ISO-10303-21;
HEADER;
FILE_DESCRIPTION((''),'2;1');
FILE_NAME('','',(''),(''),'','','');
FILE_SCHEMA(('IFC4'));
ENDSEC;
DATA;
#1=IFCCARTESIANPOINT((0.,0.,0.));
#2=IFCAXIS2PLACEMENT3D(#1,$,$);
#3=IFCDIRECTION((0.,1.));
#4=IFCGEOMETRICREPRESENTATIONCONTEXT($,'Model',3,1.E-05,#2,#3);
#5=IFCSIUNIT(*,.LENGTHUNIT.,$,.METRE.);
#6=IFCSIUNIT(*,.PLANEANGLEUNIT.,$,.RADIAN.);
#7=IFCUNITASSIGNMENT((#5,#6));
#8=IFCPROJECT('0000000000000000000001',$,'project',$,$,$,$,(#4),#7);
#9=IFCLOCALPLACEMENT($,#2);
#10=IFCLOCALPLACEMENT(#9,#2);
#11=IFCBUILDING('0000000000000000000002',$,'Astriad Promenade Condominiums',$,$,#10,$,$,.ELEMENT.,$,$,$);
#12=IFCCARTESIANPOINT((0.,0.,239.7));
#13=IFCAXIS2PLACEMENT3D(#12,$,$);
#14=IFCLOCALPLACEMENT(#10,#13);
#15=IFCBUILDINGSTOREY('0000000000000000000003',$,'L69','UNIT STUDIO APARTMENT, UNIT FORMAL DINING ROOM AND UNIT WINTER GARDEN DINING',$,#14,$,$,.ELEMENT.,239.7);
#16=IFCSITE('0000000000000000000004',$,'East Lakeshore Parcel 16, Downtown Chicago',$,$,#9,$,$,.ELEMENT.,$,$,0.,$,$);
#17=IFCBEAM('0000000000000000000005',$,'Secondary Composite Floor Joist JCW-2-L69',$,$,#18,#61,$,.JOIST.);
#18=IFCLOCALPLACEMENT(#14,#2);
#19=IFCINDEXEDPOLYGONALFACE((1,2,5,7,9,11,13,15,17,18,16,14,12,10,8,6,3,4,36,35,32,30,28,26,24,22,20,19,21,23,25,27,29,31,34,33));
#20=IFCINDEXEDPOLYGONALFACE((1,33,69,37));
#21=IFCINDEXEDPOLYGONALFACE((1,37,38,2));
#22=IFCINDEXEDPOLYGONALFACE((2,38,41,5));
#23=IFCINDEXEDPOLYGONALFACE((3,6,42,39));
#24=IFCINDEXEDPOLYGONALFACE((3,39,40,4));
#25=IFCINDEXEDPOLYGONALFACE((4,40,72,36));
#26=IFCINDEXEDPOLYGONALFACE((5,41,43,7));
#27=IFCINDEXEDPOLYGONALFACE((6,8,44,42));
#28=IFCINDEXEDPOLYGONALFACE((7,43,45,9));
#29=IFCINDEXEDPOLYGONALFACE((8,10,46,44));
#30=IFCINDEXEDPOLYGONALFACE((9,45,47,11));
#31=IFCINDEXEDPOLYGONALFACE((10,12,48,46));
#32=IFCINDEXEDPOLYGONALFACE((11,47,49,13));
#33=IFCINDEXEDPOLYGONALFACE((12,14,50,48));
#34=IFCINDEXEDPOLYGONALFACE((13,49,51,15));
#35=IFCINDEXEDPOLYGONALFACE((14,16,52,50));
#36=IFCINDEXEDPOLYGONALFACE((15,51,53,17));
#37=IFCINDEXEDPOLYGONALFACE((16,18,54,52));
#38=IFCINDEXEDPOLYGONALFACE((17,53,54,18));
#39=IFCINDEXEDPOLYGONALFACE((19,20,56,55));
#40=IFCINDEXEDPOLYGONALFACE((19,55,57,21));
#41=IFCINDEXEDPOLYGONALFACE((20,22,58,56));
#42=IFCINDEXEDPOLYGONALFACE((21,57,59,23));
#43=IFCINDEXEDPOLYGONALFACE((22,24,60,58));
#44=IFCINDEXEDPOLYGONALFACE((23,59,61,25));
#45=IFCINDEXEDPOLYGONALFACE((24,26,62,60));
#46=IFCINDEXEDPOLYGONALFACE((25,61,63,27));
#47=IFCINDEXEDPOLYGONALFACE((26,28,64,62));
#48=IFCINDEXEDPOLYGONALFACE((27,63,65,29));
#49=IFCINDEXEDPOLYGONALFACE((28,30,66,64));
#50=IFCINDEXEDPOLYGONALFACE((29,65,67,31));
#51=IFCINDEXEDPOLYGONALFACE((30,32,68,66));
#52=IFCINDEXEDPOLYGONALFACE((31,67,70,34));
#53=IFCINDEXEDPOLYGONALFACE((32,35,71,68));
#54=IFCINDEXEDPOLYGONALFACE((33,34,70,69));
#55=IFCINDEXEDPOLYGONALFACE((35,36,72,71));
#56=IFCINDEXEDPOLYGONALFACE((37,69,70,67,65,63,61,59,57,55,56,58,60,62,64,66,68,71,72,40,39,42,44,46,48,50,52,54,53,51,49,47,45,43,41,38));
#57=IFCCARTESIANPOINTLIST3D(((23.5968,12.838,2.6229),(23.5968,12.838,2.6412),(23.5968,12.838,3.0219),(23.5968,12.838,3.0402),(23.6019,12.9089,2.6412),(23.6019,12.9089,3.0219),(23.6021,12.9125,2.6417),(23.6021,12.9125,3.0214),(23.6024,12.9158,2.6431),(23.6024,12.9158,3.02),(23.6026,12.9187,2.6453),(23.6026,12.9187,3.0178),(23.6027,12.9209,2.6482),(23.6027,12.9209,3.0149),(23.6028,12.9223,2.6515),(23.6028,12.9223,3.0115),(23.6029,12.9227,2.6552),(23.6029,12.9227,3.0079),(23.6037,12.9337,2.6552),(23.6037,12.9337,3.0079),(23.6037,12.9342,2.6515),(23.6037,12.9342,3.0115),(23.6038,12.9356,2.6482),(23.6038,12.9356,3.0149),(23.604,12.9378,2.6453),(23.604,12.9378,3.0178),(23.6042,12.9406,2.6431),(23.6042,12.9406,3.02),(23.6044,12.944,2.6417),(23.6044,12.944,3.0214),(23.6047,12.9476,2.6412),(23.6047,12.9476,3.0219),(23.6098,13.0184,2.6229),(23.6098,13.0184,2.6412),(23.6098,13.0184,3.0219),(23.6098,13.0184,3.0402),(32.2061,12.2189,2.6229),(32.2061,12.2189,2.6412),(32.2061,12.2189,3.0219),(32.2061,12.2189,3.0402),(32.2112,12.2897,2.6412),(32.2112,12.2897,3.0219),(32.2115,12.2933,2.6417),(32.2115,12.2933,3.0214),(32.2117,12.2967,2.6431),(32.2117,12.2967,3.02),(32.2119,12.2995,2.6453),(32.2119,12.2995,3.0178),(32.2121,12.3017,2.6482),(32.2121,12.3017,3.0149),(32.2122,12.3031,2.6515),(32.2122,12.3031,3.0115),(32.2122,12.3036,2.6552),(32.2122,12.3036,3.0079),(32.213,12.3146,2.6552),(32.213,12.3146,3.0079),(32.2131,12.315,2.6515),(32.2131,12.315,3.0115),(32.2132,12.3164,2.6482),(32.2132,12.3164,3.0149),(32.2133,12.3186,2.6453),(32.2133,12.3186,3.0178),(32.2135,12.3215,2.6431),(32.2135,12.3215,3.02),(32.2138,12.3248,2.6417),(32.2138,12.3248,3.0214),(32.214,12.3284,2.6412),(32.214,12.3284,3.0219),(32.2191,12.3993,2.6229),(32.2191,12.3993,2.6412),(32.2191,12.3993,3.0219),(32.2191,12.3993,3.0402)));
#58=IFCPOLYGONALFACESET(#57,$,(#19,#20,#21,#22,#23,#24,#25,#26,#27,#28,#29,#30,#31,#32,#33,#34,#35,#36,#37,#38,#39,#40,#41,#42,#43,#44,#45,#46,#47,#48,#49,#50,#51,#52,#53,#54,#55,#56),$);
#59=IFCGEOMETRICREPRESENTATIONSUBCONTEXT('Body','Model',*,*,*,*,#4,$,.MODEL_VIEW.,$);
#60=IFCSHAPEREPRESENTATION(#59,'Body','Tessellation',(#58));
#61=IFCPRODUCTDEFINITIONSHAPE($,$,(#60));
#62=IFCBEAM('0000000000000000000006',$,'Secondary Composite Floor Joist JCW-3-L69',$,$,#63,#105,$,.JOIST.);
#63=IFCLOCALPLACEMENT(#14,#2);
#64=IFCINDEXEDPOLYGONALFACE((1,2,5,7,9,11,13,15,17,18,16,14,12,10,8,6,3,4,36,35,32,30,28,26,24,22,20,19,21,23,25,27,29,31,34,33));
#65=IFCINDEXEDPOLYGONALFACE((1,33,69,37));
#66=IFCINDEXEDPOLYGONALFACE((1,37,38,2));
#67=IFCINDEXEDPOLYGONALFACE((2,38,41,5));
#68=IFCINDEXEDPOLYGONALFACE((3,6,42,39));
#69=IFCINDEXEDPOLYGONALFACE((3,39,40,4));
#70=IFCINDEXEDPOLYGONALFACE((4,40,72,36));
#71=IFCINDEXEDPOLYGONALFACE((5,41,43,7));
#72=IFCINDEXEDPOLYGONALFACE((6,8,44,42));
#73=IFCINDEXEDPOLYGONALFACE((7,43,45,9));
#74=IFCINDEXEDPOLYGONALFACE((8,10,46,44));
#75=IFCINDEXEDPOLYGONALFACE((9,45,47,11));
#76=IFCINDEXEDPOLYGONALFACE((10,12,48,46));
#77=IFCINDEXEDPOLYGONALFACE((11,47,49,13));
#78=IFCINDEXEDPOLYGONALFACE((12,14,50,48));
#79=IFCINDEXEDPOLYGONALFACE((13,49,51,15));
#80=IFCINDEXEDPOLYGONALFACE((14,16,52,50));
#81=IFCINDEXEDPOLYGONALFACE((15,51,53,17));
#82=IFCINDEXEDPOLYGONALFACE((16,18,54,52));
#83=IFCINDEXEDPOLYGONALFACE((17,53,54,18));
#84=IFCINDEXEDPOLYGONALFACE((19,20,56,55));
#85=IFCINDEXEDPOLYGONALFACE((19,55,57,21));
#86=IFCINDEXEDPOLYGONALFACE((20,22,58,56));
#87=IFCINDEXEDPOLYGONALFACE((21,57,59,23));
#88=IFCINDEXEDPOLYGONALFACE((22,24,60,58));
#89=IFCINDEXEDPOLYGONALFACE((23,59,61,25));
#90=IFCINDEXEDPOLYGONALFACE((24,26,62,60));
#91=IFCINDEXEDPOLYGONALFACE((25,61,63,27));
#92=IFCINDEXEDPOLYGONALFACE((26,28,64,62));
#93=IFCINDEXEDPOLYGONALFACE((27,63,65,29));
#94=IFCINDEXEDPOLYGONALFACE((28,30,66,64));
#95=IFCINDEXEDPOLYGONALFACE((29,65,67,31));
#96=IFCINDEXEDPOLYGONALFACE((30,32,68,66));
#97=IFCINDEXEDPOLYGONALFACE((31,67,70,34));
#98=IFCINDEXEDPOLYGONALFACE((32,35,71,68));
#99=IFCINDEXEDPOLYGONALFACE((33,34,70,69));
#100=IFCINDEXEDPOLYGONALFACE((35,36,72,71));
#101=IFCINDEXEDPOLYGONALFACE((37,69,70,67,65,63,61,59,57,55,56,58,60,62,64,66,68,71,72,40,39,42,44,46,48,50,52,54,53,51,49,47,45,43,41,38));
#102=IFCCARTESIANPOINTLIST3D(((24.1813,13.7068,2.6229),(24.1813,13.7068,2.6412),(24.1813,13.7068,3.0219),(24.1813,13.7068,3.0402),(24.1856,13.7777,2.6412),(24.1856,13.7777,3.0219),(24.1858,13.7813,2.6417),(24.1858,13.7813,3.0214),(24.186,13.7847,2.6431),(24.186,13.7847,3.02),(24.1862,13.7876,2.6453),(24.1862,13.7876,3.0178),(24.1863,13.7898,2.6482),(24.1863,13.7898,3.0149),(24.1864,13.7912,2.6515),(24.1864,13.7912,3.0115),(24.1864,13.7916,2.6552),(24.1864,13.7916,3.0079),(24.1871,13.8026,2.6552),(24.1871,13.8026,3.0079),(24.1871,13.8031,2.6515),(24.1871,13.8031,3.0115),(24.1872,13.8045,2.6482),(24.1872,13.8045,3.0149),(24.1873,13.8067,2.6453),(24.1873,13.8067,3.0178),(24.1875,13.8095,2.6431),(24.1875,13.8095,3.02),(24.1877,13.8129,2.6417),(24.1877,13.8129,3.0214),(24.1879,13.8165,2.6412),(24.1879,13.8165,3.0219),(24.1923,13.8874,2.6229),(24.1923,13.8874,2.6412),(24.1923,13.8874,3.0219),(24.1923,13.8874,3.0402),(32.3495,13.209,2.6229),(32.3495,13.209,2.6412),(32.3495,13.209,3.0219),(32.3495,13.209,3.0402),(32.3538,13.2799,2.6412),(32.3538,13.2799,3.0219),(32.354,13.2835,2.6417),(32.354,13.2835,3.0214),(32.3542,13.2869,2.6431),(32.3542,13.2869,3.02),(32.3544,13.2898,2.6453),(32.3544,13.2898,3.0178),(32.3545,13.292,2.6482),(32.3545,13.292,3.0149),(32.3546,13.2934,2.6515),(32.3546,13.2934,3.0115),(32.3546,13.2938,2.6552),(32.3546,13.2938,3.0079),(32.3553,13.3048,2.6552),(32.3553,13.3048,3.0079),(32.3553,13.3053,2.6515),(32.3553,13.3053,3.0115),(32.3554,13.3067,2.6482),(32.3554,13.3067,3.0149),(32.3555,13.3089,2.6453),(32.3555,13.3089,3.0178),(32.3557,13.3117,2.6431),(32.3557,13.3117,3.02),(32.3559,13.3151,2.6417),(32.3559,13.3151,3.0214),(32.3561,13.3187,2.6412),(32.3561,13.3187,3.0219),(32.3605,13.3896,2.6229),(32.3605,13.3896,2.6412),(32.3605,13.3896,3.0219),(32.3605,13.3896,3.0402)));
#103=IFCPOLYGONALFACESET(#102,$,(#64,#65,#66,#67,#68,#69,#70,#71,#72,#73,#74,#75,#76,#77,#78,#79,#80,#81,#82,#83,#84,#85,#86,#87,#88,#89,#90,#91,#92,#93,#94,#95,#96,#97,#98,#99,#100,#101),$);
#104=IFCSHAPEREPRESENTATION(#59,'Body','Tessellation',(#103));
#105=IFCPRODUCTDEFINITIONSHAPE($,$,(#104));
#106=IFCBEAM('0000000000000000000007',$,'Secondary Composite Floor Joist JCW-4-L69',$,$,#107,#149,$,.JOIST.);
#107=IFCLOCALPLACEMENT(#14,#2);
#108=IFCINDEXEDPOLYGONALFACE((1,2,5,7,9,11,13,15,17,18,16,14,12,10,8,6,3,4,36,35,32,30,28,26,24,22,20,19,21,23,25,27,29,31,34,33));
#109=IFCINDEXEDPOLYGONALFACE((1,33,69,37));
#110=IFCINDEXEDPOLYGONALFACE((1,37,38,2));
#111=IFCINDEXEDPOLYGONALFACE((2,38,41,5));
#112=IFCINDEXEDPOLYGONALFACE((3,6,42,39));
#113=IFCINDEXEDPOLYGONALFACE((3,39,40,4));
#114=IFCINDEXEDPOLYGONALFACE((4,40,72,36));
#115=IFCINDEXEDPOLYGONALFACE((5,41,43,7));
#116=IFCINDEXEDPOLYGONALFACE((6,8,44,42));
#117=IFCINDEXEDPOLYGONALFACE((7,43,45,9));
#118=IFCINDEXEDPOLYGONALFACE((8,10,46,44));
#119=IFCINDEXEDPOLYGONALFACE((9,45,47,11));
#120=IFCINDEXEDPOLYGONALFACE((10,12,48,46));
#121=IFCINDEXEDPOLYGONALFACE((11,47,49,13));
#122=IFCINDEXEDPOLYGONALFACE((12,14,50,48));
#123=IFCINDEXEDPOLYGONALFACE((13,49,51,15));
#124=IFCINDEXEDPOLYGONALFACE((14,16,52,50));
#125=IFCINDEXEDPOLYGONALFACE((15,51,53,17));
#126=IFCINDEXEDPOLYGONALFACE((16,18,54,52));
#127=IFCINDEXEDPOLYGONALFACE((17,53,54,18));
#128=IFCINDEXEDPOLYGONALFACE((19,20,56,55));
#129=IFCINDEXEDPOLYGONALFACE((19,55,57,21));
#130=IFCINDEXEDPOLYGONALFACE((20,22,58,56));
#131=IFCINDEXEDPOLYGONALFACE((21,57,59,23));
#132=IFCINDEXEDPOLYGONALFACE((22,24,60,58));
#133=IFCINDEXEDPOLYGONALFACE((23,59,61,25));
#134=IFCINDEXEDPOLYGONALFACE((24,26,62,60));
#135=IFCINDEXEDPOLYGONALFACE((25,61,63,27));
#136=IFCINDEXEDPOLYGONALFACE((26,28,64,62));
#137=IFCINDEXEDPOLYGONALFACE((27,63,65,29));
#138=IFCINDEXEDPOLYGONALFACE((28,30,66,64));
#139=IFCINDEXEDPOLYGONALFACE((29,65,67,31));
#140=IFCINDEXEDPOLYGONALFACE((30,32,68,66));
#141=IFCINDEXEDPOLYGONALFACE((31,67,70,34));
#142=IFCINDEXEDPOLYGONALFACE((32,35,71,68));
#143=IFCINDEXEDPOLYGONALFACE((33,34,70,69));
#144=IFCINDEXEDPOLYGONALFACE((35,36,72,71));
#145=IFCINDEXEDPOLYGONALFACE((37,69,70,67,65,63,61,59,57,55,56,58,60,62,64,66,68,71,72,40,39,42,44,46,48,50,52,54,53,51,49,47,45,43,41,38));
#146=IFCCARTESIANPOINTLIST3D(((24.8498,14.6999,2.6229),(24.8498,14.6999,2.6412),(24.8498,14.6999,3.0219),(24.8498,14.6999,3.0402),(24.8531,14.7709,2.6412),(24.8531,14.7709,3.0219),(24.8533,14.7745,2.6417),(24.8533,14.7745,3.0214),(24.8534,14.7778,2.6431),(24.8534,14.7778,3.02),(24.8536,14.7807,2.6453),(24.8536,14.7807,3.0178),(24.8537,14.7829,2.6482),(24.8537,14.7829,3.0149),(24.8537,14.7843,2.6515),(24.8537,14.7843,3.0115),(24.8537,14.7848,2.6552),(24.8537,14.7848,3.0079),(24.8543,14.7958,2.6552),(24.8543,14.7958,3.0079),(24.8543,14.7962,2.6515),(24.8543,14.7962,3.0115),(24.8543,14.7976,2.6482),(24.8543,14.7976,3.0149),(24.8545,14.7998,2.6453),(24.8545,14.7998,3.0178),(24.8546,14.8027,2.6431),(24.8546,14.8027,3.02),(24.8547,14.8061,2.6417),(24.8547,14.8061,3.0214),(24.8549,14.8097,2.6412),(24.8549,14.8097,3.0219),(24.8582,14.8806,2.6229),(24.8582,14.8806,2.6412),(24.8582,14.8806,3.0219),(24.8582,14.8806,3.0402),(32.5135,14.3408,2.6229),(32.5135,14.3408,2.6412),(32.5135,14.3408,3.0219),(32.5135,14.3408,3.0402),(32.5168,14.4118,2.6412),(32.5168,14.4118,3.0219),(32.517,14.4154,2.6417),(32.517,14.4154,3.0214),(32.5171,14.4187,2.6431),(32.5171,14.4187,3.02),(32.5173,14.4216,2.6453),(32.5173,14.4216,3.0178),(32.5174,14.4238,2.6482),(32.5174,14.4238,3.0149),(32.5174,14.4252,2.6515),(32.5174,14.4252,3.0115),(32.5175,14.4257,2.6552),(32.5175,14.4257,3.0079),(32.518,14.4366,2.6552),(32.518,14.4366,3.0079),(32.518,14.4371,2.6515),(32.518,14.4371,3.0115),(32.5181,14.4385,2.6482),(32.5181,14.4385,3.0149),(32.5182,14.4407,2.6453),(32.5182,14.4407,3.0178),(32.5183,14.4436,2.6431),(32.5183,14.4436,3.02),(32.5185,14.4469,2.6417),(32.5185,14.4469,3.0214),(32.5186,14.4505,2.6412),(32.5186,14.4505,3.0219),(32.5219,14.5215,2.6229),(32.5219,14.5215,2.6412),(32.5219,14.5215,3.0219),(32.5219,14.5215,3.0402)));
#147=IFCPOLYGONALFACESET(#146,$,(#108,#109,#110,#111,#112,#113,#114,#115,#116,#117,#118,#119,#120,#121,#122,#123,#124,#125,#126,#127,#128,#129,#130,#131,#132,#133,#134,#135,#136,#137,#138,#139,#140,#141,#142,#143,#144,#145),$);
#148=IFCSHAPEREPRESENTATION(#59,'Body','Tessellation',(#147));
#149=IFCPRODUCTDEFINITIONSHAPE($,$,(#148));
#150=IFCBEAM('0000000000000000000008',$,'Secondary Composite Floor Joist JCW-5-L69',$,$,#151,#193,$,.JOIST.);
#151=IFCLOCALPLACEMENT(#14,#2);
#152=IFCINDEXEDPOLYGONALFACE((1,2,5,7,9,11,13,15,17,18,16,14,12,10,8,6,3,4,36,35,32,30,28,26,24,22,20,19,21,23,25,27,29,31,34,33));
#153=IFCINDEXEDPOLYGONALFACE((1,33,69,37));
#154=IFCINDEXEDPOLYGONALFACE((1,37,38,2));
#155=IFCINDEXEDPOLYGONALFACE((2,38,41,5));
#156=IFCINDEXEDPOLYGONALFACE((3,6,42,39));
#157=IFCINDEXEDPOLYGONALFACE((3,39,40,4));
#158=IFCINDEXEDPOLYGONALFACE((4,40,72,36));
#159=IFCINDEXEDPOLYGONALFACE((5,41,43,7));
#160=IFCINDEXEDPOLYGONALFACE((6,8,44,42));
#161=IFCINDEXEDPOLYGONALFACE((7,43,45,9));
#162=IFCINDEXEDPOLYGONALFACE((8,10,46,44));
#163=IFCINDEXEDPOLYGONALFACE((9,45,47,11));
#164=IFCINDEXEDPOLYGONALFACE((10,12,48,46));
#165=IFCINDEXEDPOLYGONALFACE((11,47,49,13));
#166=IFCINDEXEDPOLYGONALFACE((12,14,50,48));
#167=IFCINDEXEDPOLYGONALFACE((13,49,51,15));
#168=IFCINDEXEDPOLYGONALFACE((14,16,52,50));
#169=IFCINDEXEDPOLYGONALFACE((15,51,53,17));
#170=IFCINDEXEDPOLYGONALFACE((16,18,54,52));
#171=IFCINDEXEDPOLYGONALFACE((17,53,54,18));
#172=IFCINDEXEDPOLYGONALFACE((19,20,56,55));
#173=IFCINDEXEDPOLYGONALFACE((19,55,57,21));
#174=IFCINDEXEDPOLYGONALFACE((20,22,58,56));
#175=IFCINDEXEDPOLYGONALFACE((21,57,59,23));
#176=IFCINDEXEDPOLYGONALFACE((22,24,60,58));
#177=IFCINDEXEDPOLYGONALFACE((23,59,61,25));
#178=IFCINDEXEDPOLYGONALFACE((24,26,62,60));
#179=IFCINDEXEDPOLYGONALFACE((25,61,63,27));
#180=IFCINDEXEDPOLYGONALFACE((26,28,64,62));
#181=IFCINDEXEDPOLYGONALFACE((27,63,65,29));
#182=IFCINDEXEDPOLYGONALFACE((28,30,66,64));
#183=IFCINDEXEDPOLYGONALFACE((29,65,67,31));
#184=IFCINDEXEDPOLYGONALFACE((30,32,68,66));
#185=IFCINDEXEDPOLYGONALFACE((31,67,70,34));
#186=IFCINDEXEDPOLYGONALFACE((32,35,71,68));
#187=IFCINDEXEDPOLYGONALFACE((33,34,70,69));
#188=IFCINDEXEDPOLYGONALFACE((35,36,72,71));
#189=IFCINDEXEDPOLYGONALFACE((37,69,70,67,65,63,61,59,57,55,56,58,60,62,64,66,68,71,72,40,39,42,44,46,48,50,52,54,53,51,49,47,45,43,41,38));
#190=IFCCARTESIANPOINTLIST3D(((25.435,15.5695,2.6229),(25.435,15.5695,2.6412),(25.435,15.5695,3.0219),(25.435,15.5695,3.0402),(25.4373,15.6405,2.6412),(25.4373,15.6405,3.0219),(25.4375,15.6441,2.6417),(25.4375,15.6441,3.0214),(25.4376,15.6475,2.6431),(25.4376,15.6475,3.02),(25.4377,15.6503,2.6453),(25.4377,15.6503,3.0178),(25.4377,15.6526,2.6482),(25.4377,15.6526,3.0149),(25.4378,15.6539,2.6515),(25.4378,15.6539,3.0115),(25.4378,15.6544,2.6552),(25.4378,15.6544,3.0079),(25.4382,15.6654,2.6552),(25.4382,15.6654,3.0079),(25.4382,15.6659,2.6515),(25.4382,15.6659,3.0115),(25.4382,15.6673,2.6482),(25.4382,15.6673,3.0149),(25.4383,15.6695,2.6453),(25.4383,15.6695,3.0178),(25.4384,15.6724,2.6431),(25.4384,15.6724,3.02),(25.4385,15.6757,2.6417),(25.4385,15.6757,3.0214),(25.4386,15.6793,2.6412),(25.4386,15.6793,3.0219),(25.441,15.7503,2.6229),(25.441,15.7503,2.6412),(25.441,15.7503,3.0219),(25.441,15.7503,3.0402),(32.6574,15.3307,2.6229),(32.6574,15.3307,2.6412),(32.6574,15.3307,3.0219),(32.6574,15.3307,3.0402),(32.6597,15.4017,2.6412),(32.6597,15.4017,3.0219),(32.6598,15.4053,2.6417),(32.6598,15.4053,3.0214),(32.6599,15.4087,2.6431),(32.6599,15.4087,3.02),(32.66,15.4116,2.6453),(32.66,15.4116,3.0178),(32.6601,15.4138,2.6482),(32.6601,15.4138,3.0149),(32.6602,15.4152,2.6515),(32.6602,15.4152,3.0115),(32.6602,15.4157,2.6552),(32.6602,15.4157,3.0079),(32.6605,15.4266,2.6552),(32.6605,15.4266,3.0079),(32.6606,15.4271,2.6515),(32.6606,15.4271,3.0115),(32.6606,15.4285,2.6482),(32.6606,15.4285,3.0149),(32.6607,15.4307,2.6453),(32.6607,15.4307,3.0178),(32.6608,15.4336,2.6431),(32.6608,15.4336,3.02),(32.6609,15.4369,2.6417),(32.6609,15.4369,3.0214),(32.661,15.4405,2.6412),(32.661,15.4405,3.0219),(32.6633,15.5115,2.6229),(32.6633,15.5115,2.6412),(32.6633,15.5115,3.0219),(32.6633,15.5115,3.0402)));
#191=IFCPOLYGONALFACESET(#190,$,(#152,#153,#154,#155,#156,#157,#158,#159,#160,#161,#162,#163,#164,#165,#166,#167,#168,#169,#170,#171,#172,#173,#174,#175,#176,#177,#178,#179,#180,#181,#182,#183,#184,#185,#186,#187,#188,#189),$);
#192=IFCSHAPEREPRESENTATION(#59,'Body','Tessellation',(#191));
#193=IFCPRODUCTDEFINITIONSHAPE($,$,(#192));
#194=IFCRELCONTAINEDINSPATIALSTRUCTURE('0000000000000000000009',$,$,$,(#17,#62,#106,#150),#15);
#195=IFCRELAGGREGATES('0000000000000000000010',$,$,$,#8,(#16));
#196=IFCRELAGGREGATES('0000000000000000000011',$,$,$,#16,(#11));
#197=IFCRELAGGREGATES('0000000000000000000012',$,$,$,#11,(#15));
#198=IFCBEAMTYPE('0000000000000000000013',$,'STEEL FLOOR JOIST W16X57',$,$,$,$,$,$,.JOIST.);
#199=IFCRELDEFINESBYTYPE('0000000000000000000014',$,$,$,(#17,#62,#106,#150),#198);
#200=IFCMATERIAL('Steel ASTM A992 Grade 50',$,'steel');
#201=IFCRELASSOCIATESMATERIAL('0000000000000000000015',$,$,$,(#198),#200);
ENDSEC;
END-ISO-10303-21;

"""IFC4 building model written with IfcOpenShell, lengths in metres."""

from ifc_helpers import new_model, si_unit, direction, frame, origin, origin_2d, place, context, subcontext, project, spatial, i_section, extrude, source, transform, mapped, material, material_profile, profile_set, type_object, element, save


model = new_model("IFC4")

# Units and contexts
model_context = context("Model", 3, precision=1e-05, world=origin(), true_north=direction((0.0, 1.0)))
body_context = subcontext(model_context, "Body", "Model", "MODEL_VIEW")
ifc_project = project(units=[si_unit("LENGTHUNIT", "METRE"), si_unit("PLANEANGLEUNIT", "RADIAN")], contexts=[model_context])

# Site, building, storey
site_placement = place(None, origin())
site = spatial("IfcSite", under=ifc_project, at=site_placement, Name="East Lakeshore Parcel 16, Downtown Chicago", CompositionType="ELEMENT", RefElevation=0.0)
building_placement = place(site_placement, origin())
building = spatial("IfcBuilding", under=site, at=building_placement, Name="Astriad Promenade Condominiums", CompositionType="ELEMENT")
storey_placement = place(building_placement, frame((0.0, 0.0, 239.7)))
storey = spatial("IfcBuildingStorey", under=building, at=storey_placement, Name="L69", Description="UNIT STUDIO APARTMENT, UNIT FORMAL DINING ROOM AND UNIT WINTER GARDEN DINING", CompositionType="ELEMENT", Elevation=239.7)

# Beams
ifc_material_1 = material(Name="Steel ASTM A992 Grade 50", Category="steel")
ifc_material_profile_1 = material_profile(ifc_material_1, i_section(OverallWidth=0.1809, OverallDepth=0.4172, WebThickness=0.011, FlangeThickness=0.0183, FilletRadius=0.0139, at=origin_2d()), Name="W16X57")
ifc_profile_set_1 = profile_set([ifc_material_profile_1], Name="Steel ASTM A992 Grade 50")
beam_type_1 = type_object("IfcBeamType", Name="STEEL FLOOR JOIST W16X57", PredefinedType="JOIST", material=ifc_profile_set_1)
shared_shape_1 = source(origin(), body_context, "Body", "SweptSolid", [
    extrude(i_section(OverallWidth=0.1809, OverallDepth=0.4172, WebThickness=0.011, FlangeThickness=0.0183, FilletRadius=0.0139, at=origin_2d()), origin(), (0.0, 0.0, 1.0), 8.6316),
])
beam_1_placement = place(storey_placement, frame((23.6033, 12.9282, 2.8315), z_axis=(0.997424, -0.071729, 0.0), x_axis=(0.071729, 0.997424, 0.0)))
element("IfcBeam", 1, at=beam_1_placement, inside=storey, type_object=beam_type_1, Name="Secondary Composite Floor Joist JCW-2-L69", PredefinedType="JOIST", context=body_context, shape_type="MappedRepresentation", body=[
    mapped(shared_shape_1, transform((0.0, 0.0, 0.0), scale=1.0)),
])
shared_shape_2 = source(origin(), body_context, "Body", "SweptSolid", [
    extrude(i_section(OverallWidth=0.1809, OverallDepth=0.4172, WebThickness=0.011, FlangeThickness=0.0183, FilletRadius=0.0139, at=origin_2d()), origin(), (0.0, 0.0, 1.0), 8.1833),
])
beam_2_placement = place(storey_placement, frame((24.1868, 13.7971, 2.8315), z_axis=(0.998148, -0.060831, 0.0), x_axis=(0.060831, 0.998148, 0.0)))
element("IfcBeam", 2, at=beam_2_placement, inside=storey, type_object=beam_type_1, Name="Secondary Composite Floor Joist JCW-3-L69", PredefinedType="JOIST", context=body_context, shape_type="MappedRepresentation", body=[
    mapped(shared_shape_2, transform((0.0, 0.0, 0.0), scale=1.0)),
])
shared_shape_3 = source(origin(), body_context, "Body", "SweptSolid", [
    extrude(i_section(OverallWidth=0.1809, OverallDepth=0.4172, WebThickness=0.011, FlangeThickness=0.0183, FilletRadius=0.0139, at=origin_2d()), origin(), (0.0, 0.0, 1.0), 7.6721),
])
beam_3_placement = place(storey_placement, frame((24.854, 14.7903, 2.8315), z_axis=(0.998904, -0.046809, 0.0), x_axis=(0.046809, 0.998904, 0.0)))
element("IfcBeam", 3, at=beam_3_placement, inside=storey, type_object=beam_type_1, Name="Secondary Composite Floor Joist JCW-4-L69", PredefinedType="JOIST", context=body_context, shape_type="MappedRepresentation", body=[
    mapped(shared_shape_3, transform((0.0, 0.0, 0.0), scale=1.0)),
])
shared_shape_4 = source(origin(), body_context, "Body", "SweptSolid", [
    extrude(i_section(OverallWidth=0.1809, OverallDepth=0.4172, WebThickness=0.011, FlangeThickness=0.0183, FilletRadius=0.0139, at=origin_2d()), origin(), (0.0, 0.0, 1.0), 7.2263),
])
beam_4_placement = place(storey_placement, frame((25.438, 15.6599, 2.8315), z_axis=(0.999454, -0.033041, 0.0), x_axis=(0.033041, 0.999454, 0.0)))
element("IfcBeam", 4, at=beam_4_placement, inside=storey, type_object=beam_type_1, Name="Secondary Composite Floor Joist JCW-5-L69", PredefinedType="JOIST", context=body_context, shape_type="MappedRepresentation", body=[
    mapped(shared_shape_4, transform((0.0, 0.0, 0.0), scale=1.0)),
])

save(model, "model.ifc")
